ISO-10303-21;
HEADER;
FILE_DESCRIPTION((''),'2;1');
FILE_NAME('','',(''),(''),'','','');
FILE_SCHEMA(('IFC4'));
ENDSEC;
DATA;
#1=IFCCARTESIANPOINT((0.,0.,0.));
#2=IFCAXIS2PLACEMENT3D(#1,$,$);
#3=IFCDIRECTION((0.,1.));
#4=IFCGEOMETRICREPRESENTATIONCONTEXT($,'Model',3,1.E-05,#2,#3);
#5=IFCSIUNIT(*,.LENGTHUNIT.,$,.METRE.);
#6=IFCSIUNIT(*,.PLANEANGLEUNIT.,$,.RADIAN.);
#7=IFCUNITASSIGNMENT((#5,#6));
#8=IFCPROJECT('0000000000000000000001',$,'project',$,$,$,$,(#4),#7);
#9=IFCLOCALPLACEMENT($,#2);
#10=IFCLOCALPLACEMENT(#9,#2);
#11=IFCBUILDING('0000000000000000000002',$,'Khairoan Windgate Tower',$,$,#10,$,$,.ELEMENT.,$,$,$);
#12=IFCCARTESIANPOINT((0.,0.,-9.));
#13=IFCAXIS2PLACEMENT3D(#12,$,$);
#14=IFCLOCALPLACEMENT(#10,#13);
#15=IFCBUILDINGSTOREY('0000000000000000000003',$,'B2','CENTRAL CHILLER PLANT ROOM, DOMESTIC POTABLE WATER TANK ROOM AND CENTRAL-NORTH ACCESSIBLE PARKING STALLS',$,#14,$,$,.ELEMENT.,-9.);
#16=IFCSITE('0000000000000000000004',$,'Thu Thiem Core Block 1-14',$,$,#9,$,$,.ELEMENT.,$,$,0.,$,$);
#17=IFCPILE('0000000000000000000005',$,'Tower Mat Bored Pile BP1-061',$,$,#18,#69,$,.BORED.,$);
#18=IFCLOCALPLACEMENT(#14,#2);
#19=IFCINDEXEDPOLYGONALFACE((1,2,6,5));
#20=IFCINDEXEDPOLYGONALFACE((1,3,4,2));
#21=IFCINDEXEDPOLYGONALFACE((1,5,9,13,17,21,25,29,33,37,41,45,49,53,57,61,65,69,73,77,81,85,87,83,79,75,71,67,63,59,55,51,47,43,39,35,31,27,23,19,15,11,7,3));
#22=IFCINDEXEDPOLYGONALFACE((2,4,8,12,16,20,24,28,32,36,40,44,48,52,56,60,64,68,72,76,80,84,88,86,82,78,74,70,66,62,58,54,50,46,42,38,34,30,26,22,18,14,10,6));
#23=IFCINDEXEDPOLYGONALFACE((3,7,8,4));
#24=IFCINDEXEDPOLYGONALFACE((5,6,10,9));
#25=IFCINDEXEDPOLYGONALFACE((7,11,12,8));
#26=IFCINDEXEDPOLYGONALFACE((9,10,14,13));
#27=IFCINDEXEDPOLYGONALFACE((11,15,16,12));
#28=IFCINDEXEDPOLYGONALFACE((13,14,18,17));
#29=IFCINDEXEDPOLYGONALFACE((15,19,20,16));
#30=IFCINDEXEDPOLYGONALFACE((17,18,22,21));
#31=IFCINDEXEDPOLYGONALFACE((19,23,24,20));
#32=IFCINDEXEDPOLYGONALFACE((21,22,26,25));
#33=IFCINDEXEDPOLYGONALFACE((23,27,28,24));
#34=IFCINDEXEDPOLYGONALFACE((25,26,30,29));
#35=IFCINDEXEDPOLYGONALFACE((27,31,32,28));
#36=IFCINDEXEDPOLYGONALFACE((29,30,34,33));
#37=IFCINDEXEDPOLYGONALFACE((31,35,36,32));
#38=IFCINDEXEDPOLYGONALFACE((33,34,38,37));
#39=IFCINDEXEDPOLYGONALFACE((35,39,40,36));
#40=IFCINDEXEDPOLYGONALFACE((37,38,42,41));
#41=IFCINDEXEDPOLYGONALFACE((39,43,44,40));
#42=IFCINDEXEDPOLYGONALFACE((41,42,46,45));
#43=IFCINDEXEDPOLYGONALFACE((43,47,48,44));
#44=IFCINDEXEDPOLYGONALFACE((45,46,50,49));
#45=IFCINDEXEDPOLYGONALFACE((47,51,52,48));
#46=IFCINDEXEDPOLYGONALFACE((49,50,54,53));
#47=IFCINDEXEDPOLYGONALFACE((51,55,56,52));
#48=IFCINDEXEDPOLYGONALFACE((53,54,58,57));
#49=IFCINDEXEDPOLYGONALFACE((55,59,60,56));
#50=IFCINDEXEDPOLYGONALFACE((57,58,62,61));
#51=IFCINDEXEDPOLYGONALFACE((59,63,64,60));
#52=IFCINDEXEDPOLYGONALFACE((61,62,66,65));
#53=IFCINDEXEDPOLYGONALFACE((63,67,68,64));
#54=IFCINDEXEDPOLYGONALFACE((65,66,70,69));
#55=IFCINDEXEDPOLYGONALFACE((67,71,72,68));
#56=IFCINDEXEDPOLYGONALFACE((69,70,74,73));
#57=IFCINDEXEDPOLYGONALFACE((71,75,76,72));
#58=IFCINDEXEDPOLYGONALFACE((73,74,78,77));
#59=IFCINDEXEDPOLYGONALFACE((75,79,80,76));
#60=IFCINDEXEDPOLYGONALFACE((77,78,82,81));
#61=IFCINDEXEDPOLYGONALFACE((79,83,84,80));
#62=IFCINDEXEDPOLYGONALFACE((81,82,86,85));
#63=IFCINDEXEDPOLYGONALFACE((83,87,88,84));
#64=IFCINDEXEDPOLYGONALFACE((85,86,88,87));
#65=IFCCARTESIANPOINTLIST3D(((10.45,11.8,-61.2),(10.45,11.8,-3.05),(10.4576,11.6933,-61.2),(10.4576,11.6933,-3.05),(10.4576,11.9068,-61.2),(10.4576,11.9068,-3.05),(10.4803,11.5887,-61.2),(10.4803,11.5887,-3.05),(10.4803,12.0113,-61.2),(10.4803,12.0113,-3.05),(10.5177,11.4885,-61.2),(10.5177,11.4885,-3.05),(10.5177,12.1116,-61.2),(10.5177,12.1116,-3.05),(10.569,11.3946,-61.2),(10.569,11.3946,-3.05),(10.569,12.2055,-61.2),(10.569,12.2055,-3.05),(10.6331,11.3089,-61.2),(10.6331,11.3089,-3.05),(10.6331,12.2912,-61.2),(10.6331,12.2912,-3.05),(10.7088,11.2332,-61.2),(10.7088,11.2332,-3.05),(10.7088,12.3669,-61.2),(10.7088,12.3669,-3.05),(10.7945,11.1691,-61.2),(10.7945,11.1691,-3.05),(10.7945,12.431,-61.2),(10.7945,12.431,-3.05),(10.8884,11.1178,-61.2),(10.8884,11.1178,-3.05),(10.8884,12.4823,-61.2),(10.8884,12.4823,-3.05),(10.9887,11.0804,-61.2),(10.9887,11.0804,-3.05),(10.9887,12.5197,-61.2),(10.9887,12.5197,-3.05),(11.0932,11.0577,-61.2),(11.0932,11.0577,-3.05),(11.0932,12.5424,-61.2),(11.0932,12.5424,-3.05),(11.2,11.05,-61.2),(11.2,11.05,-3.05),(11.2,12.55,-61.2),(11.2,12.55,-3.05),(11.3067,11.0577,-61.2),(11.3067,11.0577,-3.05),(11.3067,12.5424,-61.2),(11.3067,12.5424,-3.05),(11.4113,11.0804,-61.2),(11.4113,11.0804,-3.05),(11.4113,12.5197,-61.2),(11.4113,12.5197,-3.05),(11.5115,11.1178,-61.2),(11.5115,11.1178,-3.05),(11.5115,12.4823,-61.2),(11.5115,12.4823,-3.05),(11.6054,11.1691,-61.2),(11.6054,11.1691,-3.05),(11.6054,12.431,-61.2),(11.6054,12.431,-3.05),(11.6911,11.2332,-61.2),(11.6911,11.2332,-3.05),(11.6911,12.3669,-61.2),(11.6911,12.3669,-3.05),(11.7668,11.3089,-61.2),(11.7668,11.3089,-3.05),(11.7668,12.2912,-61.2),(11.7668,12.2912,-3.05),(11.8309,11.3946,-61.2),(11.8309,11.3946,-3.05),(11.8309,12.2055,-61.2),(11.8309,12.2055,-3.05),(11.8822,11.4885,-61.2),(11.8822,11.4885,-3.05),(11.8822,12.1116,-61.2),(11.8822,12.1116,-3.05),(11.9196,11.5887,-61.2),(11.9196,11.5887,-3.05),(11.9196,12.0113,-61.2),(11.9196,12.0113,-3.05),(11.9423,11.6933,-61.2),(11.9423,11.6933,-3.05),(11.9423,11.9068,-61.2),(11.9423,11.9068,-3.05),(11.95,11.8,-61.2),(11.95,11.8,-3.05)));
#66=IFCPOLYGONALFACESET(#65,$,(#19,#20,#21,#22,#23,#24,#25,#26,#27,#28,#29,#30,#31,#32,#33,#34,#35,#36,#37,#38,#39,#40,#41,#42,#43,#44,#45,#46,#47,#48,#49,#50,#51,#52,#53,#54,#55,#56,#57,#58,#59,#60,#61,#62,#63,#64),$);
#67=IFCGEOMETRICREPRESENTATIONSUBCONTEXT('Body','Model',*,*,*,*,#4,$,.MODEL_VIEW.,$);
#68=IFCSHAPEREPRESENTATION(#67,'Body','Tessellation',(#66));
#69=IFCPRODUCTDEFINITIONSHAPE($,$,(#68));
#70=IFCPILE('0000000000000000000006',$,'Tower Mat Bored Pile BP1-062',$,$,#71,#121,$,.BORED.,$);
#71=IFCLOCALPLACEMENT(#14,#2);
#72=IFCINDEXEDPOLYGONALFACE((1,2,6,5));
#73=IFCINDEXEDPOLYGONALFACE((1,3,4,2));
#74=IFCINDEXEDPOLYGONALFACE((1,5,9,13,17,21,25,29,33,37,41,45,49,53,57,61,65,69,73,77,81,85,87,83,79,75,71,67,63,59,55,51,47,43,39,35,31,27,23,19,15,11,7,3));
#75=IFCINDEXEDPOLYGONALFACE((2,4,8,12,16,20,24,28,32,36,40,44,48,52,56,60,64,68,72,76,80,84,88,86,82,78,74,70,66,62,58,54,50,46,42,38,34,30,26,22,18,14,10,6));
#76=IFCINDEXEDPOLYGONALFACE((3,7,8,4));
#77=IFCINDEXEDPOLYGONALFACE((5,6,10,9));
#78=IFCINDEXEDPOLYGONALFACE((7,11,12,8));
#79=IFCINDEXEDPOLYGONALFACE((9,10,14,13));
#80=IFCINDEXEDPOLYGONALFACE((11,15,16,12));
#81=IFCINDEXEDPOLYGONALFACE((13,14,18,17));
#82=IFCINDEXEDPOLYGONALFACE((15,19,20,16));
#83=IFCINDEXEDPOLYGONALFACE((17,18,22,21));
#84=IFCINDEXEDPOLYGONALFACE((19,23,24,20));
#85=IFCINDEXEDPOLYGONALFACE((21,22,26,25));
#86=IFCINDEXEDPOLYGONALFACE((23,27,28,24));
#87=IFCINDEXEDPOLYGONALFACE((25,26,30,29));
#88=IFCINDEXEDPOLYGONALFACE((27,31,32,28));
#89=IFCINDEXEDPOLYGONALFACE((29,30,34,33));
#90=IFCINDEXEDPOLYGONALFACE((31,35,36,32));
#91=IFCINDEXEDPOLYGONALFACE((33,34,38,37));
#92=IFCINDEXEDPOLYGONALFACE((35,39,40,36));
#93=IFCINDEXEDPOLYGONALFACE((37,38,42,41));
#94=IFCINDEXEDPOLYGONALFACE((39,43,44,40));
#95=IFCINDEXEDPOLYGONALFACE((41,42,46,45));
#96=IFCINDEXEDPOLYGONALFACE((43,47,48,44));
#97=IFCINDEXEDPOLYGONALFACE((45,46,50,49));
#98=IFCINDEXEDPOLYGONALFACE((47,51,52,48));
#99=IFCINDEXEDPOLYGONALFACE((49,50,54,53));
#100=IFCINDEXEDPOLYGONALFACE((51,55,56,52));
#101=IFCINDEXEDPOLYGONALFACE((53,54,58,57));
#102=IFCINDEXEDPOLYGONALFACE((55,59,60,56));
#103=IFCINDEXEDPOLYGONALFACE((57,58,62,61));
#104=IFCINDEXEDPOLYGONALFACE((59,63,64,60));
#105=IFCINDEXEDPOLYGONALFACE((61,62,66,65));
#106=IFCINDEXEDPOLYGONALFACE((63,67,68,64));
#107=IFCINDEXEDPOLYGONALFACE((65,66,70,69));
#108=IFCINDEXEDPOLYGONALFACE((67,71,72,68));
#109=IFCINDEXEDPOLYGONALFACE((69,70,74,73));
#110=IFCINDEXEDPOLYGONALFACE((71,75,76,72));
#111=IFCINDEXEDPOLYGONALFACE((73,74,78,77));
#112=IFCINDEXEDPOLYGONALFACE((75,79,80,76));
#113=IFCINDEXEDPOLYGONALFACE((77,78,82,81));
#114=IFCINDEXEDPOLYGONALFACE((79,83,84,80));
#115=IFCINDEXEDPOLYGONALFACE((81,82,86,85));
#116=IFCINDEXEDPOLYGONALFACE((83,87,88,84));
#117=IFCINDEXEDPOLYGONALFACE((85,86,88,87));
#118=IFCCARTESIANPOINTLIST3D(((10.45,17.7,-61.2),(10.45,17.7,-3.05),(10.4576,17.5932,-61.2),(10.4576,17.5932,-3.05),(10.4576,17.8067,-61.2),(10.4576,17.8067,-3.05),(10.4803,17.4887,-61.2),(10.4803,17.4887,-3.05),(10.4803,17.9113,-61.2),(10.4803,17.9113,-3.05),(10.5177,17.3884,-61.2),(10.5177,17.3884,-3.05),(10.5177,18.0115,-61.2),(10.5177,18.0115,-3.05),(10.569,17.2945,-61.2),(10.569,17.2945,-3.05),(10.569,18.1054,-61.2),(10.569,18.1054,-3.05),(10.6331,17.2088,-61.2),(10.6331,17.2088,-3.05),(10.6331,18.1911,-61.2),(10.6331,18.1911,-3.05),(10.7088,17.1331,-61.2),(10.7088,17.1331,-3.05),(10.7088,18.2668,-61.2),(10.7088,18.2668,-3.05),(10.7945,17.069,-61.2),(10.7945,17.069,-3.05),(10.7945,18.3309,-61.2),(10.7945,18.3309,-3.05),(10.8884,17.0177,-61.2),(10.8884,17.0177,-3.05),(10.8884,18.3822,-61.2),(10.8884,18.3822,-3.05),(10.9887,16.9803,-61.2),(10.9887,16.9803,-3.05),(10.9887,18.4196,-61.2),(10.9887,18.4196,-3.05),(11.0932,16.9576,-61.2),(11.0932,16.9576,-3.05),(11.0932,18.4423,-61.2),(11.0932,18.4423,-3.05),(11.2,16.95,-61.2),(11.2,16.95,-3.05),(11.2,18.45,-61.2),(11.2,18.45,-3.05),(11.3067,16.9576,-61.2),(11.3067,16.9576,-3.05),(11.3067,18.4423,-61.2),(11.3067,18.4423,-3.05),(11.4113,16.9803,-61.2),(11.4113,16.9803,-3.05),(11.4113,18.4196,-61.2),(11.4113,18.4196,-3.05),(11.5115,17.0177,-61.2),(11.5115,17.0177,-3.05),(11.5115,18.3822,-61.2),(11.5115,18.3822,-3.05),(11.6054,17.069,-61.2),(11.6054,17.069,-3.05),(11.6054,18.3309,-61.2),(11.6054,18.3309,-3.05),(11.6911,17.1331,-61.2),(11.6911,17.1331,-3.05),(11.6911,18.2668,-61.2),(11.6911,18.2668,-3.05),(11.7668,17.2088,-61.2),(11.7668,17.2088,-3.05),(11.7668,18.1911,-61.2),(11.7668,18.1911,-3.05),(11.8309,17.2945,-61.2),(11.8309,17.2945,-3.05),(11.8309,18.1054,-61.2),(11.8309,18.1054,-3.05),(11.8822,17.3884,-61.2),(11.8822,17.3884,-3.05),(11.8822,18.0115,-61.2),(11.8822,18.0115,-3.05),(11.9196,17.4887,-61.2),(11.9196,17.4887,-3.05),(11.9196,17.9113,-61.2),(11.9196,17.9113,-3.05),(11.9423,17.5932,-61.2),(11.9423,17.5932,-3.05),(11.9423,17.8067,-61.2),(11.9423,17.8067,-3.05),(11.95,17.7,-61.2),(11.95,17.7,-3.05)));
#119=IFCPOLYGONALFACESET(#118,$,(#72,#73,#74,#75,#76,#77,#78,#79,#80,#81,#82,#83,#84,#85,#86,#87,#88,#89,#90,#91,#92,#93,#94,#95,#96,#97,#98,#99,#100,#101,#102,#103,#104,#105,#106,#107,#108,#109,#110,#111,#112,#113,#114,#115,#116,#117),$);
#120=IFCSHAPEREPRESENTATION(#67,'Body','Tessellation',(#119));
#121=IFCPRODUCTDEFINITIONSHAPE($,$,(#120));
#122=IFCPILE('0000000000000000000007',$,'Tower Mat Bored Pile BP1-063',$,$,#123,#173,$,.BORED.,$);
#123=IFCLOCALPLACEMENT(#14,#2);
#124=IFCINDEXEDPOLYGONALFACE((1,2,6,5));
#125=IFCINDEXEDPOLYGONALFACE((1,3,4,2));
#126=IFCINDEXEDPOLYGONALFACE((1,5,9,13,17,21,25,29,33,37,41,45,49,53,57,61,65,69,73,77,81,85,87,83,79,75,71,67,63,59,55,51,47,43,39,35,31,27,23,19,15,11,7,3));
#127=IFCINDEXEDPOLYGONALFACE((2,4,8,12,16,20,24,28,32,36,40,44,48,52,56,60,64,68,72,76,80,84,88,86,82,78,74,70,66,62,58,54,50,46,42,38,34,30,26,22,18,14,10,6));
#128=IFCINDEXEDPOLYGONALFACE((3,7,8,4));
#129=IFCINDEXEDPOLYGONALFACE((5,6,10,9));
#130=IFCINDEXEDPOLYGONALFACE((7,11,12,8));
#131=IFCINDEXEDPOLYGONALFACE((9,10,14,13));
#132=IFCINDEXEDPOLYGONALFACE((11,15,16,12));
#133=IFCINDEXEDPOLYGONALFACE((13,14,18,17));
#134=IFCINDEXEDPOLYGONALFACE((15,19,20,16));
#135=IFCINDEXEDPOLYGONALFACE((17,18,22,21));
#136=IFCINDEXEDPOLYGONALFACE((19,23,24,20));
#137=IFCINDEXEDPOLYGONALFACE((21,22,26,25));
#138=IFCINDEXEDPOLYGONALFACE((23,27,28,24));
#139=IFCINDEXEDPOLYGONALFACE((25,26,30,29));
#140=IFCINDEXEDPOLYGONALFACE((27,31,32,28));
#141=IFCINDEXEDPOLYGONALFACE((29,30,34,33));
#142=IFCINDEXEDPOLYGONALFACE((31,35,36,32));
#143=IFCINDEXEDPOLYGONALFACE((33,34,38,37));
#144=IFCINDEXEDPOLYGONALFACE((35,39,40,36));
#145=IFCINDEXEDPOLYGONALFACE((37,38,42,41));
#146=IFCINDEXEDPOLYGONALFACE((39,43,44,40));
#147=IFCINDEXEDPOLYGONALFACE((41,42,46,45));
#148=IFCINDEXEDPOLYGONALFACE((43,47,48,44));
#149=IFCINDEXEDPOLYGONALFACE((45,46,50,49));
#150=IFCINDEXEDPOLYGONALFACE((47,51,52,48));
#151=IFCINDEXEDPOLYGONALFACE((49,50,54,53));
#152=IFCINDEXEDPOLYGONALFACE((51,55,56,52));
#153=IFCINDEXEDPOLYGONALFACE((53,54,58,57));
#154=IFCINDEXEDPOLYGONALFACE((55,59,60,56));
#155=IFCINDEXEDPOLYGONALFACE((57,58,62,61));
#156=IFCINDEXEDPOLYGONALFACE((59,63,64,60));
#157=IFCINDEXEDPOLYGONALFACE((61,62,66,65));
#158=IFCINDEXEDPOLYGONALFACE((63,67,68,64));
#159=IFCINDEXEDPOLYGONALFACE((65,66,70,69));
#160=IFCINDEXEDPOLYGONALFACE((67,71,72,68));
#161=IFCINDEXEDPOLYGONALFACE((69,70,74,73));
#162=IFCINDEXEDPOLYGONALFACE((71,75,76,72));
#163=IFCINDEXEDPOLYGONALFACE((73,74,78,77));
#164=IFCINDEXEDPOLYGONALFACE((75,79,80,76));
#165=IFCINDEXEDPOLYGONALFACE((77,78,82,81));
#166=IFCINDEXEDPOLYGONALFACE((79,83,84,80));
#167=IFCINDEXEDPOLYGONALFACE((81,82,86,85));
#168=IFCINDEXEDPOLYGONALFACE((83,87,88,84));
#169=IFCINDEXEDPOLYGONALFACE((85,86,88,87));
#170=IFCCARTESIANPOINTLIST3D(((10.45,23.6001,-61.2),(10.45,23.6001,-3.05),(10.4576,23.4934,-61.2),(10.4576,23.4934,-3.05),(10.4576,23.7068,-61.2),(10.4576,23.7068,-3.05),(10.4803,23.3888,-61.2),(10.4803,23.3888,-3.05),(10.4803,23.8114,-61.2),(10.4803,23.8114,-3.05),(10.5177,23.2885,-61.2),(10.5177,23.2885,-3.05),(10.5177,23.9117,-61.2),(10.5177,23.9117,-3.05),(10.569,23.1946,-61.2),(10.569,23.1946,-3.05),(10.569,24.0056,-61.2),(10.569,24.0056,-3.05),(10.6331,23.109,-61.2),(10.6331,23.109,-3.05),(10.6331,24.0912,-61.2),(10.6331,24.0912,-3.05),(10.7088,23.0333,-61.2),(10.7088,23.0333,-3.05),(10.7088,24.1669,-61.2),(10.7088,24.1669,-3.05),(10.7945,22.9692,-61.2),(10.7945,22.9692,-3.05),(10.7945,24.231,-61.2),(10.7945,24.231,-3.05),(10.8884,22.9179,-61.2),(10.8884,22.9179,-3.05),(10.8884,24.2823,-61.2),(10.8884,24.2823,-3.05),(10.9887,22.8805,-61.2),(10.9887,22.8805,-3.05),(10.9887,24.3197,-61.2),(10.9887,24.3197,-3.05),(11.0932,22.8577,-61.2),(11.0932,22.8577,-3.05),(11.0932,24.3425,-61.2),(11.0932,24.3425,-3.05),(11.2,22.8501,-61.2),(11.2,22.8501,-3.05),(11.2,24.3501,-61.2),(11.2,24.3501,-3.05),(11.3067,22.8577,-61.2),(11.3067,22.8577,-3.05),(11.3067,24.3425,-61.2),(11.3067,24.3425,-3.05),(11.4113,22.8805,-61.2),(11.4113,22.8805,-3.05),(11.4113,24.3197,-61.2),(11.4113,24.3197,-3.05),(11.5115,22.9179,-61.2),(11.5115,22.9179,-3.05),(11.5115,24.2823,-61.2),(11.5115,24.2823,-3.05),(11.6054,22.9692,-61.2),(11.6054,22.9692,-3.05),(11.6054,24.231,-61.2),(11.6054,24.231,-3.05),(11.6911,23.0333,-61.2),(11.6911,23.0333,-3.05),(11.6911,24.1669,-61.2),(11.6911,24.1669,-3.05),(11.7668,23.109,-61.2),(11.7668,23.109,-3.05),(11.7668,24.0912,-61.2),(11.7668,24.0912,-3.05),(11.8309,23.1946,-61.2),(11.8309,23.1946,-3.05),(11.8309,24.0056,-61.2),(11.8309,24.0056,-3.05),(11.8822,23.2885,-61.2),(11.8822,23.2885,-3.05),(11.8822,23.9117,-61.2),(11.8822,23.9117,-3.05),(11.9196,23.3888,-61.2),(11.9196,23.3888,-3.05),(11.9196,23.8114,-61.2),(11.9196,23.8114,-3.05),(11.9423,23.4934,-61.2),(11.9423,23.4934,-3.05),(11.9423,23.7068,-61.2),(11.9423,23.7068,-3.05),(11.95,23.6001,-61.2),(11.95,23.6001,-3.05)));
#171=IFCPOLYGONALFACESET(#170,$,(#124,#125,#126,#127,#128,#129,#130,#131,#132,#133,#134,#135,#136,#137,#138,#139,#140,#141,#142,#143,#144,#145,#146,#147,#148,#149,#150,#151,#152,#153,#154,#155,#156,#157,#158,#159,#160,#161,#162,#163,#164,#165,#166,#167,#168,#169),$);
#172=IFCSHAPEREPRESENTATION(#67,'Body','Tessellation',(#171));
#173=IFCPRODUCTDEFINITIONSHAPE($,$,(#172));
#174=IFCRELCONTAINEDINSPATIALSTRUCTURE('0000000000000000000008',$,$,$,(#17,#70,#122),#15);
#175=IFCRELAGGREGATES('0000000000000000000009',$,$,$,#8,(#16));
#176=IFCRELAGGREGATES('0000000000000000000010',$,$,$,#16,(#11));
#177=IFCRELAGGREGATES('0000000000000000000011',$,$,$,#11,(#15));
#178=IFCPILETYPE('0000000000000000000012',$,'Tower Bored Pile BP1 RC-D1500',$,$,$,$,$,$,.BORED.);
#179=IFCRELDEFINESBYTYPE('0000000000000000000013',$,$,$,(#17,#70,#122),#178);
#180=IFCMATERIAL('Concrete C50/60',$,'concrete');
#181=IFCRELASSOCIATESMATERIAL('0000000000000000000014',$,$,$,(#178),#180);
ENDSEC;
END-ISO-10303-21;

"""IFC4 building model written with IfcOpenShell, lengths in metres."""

from ifc_helpers import new_model, si_unit, direction, frame, origin, origin_2d, place, context, subcontext, project, spatial, circle, extrude, material, material_profile, profile_set, type_object, element, save


model = new_model("IFC4")

# Units and contexts
model_context = context("Model", 3, precision=1e-05, world=origin(), true_north=direction((0.0, 1.0)))
body_context = subcontext(model_context, "Body", "Model", "MODEL_VIEW")
ifc_project = project(units=[si_unit("LENGTHUNIT", "METRE"), si_unit("PLANEANGLEUNIT", "RADIAN")], contexts=[model_context])

# Site, building, storey
site_placement = place(None, origin())
site = spatial("IfcSite", under=ifc_project, at=site_placement, Name="Thu Thiem Core Block 1-14", CompositionType="ELEMENT", RefElevation=0.0)
building_placement = place(site_placement, origin())
building = spatial("IfcBuilding", under=site, at=building_placement, Name="Khairoan Windgate Tower", CompositionType="ELEMENT")
storey_placement = place(building_placement, frame((0.0, 0.0, -9.0)))
storey = spatial("IfcBuildingStorey", under=building, at=storey_placement, Name="B2", Description="CENTRAL CHILLER PLANT ROOM, DOMESTIC POTABLE WATER TANK ROOM AND CENTRAL-NORTH ACCESSIBLE PARKING STALLS", CompositionType="ELEMENT", Elevation=-9.0)

# Piles
ifc_material_1 = material(Name="Concrete C50/60", Category="concrete")
ifc_material_profile_1 = material_profile(ifc_material_1, circle(Radius=0.75, at=origin_2d()))
ifc_profile_set_1 = profile_set([ifc_material_profile_1], Name="Concrete C50/60")
pile_type = type_object("IfcPileType", Name="Tower Bored Pile BP1 RC-D1500", PredefinedType="BORED", material=ifc_profile_set_1)
for number, where, z_axis, x_axis, name in (
    (1, (11.2, 11.8, -3.05), (0.0, 0.0, -1.0), (1.0, 0.0, 0.0), "Tower Mat Bored Pile BP1-061"),
    (2, (11.2, 17.7, -3.05), (0.0, 0.0, -1.0), (1.0, 0.0, 0.0), "Tower Mat Bored Pile BP1-062"),
    (3, (11.2, 23.6001, -3.05), (0.0, 0.0, -1.0), (1.0, 0.0, 0.0), "Tower Mat Bored Pile BP1-063"),
):
    element("IfcPile", number, at=place(storey_placement, frame(where, z_axis=z_axis, x_axis=x_axis)), inside=storey, type_object=pile_type, Name=name, PredefinedType="BORED", context=body_context, shape_type="SweptSolid", body=[
        extrude(circle(Radius=0.75, at=origin_2d()), origin(), (0.0, 0.0, 1.0), 58.1499),
    ])

save(model, "model.ifc")
